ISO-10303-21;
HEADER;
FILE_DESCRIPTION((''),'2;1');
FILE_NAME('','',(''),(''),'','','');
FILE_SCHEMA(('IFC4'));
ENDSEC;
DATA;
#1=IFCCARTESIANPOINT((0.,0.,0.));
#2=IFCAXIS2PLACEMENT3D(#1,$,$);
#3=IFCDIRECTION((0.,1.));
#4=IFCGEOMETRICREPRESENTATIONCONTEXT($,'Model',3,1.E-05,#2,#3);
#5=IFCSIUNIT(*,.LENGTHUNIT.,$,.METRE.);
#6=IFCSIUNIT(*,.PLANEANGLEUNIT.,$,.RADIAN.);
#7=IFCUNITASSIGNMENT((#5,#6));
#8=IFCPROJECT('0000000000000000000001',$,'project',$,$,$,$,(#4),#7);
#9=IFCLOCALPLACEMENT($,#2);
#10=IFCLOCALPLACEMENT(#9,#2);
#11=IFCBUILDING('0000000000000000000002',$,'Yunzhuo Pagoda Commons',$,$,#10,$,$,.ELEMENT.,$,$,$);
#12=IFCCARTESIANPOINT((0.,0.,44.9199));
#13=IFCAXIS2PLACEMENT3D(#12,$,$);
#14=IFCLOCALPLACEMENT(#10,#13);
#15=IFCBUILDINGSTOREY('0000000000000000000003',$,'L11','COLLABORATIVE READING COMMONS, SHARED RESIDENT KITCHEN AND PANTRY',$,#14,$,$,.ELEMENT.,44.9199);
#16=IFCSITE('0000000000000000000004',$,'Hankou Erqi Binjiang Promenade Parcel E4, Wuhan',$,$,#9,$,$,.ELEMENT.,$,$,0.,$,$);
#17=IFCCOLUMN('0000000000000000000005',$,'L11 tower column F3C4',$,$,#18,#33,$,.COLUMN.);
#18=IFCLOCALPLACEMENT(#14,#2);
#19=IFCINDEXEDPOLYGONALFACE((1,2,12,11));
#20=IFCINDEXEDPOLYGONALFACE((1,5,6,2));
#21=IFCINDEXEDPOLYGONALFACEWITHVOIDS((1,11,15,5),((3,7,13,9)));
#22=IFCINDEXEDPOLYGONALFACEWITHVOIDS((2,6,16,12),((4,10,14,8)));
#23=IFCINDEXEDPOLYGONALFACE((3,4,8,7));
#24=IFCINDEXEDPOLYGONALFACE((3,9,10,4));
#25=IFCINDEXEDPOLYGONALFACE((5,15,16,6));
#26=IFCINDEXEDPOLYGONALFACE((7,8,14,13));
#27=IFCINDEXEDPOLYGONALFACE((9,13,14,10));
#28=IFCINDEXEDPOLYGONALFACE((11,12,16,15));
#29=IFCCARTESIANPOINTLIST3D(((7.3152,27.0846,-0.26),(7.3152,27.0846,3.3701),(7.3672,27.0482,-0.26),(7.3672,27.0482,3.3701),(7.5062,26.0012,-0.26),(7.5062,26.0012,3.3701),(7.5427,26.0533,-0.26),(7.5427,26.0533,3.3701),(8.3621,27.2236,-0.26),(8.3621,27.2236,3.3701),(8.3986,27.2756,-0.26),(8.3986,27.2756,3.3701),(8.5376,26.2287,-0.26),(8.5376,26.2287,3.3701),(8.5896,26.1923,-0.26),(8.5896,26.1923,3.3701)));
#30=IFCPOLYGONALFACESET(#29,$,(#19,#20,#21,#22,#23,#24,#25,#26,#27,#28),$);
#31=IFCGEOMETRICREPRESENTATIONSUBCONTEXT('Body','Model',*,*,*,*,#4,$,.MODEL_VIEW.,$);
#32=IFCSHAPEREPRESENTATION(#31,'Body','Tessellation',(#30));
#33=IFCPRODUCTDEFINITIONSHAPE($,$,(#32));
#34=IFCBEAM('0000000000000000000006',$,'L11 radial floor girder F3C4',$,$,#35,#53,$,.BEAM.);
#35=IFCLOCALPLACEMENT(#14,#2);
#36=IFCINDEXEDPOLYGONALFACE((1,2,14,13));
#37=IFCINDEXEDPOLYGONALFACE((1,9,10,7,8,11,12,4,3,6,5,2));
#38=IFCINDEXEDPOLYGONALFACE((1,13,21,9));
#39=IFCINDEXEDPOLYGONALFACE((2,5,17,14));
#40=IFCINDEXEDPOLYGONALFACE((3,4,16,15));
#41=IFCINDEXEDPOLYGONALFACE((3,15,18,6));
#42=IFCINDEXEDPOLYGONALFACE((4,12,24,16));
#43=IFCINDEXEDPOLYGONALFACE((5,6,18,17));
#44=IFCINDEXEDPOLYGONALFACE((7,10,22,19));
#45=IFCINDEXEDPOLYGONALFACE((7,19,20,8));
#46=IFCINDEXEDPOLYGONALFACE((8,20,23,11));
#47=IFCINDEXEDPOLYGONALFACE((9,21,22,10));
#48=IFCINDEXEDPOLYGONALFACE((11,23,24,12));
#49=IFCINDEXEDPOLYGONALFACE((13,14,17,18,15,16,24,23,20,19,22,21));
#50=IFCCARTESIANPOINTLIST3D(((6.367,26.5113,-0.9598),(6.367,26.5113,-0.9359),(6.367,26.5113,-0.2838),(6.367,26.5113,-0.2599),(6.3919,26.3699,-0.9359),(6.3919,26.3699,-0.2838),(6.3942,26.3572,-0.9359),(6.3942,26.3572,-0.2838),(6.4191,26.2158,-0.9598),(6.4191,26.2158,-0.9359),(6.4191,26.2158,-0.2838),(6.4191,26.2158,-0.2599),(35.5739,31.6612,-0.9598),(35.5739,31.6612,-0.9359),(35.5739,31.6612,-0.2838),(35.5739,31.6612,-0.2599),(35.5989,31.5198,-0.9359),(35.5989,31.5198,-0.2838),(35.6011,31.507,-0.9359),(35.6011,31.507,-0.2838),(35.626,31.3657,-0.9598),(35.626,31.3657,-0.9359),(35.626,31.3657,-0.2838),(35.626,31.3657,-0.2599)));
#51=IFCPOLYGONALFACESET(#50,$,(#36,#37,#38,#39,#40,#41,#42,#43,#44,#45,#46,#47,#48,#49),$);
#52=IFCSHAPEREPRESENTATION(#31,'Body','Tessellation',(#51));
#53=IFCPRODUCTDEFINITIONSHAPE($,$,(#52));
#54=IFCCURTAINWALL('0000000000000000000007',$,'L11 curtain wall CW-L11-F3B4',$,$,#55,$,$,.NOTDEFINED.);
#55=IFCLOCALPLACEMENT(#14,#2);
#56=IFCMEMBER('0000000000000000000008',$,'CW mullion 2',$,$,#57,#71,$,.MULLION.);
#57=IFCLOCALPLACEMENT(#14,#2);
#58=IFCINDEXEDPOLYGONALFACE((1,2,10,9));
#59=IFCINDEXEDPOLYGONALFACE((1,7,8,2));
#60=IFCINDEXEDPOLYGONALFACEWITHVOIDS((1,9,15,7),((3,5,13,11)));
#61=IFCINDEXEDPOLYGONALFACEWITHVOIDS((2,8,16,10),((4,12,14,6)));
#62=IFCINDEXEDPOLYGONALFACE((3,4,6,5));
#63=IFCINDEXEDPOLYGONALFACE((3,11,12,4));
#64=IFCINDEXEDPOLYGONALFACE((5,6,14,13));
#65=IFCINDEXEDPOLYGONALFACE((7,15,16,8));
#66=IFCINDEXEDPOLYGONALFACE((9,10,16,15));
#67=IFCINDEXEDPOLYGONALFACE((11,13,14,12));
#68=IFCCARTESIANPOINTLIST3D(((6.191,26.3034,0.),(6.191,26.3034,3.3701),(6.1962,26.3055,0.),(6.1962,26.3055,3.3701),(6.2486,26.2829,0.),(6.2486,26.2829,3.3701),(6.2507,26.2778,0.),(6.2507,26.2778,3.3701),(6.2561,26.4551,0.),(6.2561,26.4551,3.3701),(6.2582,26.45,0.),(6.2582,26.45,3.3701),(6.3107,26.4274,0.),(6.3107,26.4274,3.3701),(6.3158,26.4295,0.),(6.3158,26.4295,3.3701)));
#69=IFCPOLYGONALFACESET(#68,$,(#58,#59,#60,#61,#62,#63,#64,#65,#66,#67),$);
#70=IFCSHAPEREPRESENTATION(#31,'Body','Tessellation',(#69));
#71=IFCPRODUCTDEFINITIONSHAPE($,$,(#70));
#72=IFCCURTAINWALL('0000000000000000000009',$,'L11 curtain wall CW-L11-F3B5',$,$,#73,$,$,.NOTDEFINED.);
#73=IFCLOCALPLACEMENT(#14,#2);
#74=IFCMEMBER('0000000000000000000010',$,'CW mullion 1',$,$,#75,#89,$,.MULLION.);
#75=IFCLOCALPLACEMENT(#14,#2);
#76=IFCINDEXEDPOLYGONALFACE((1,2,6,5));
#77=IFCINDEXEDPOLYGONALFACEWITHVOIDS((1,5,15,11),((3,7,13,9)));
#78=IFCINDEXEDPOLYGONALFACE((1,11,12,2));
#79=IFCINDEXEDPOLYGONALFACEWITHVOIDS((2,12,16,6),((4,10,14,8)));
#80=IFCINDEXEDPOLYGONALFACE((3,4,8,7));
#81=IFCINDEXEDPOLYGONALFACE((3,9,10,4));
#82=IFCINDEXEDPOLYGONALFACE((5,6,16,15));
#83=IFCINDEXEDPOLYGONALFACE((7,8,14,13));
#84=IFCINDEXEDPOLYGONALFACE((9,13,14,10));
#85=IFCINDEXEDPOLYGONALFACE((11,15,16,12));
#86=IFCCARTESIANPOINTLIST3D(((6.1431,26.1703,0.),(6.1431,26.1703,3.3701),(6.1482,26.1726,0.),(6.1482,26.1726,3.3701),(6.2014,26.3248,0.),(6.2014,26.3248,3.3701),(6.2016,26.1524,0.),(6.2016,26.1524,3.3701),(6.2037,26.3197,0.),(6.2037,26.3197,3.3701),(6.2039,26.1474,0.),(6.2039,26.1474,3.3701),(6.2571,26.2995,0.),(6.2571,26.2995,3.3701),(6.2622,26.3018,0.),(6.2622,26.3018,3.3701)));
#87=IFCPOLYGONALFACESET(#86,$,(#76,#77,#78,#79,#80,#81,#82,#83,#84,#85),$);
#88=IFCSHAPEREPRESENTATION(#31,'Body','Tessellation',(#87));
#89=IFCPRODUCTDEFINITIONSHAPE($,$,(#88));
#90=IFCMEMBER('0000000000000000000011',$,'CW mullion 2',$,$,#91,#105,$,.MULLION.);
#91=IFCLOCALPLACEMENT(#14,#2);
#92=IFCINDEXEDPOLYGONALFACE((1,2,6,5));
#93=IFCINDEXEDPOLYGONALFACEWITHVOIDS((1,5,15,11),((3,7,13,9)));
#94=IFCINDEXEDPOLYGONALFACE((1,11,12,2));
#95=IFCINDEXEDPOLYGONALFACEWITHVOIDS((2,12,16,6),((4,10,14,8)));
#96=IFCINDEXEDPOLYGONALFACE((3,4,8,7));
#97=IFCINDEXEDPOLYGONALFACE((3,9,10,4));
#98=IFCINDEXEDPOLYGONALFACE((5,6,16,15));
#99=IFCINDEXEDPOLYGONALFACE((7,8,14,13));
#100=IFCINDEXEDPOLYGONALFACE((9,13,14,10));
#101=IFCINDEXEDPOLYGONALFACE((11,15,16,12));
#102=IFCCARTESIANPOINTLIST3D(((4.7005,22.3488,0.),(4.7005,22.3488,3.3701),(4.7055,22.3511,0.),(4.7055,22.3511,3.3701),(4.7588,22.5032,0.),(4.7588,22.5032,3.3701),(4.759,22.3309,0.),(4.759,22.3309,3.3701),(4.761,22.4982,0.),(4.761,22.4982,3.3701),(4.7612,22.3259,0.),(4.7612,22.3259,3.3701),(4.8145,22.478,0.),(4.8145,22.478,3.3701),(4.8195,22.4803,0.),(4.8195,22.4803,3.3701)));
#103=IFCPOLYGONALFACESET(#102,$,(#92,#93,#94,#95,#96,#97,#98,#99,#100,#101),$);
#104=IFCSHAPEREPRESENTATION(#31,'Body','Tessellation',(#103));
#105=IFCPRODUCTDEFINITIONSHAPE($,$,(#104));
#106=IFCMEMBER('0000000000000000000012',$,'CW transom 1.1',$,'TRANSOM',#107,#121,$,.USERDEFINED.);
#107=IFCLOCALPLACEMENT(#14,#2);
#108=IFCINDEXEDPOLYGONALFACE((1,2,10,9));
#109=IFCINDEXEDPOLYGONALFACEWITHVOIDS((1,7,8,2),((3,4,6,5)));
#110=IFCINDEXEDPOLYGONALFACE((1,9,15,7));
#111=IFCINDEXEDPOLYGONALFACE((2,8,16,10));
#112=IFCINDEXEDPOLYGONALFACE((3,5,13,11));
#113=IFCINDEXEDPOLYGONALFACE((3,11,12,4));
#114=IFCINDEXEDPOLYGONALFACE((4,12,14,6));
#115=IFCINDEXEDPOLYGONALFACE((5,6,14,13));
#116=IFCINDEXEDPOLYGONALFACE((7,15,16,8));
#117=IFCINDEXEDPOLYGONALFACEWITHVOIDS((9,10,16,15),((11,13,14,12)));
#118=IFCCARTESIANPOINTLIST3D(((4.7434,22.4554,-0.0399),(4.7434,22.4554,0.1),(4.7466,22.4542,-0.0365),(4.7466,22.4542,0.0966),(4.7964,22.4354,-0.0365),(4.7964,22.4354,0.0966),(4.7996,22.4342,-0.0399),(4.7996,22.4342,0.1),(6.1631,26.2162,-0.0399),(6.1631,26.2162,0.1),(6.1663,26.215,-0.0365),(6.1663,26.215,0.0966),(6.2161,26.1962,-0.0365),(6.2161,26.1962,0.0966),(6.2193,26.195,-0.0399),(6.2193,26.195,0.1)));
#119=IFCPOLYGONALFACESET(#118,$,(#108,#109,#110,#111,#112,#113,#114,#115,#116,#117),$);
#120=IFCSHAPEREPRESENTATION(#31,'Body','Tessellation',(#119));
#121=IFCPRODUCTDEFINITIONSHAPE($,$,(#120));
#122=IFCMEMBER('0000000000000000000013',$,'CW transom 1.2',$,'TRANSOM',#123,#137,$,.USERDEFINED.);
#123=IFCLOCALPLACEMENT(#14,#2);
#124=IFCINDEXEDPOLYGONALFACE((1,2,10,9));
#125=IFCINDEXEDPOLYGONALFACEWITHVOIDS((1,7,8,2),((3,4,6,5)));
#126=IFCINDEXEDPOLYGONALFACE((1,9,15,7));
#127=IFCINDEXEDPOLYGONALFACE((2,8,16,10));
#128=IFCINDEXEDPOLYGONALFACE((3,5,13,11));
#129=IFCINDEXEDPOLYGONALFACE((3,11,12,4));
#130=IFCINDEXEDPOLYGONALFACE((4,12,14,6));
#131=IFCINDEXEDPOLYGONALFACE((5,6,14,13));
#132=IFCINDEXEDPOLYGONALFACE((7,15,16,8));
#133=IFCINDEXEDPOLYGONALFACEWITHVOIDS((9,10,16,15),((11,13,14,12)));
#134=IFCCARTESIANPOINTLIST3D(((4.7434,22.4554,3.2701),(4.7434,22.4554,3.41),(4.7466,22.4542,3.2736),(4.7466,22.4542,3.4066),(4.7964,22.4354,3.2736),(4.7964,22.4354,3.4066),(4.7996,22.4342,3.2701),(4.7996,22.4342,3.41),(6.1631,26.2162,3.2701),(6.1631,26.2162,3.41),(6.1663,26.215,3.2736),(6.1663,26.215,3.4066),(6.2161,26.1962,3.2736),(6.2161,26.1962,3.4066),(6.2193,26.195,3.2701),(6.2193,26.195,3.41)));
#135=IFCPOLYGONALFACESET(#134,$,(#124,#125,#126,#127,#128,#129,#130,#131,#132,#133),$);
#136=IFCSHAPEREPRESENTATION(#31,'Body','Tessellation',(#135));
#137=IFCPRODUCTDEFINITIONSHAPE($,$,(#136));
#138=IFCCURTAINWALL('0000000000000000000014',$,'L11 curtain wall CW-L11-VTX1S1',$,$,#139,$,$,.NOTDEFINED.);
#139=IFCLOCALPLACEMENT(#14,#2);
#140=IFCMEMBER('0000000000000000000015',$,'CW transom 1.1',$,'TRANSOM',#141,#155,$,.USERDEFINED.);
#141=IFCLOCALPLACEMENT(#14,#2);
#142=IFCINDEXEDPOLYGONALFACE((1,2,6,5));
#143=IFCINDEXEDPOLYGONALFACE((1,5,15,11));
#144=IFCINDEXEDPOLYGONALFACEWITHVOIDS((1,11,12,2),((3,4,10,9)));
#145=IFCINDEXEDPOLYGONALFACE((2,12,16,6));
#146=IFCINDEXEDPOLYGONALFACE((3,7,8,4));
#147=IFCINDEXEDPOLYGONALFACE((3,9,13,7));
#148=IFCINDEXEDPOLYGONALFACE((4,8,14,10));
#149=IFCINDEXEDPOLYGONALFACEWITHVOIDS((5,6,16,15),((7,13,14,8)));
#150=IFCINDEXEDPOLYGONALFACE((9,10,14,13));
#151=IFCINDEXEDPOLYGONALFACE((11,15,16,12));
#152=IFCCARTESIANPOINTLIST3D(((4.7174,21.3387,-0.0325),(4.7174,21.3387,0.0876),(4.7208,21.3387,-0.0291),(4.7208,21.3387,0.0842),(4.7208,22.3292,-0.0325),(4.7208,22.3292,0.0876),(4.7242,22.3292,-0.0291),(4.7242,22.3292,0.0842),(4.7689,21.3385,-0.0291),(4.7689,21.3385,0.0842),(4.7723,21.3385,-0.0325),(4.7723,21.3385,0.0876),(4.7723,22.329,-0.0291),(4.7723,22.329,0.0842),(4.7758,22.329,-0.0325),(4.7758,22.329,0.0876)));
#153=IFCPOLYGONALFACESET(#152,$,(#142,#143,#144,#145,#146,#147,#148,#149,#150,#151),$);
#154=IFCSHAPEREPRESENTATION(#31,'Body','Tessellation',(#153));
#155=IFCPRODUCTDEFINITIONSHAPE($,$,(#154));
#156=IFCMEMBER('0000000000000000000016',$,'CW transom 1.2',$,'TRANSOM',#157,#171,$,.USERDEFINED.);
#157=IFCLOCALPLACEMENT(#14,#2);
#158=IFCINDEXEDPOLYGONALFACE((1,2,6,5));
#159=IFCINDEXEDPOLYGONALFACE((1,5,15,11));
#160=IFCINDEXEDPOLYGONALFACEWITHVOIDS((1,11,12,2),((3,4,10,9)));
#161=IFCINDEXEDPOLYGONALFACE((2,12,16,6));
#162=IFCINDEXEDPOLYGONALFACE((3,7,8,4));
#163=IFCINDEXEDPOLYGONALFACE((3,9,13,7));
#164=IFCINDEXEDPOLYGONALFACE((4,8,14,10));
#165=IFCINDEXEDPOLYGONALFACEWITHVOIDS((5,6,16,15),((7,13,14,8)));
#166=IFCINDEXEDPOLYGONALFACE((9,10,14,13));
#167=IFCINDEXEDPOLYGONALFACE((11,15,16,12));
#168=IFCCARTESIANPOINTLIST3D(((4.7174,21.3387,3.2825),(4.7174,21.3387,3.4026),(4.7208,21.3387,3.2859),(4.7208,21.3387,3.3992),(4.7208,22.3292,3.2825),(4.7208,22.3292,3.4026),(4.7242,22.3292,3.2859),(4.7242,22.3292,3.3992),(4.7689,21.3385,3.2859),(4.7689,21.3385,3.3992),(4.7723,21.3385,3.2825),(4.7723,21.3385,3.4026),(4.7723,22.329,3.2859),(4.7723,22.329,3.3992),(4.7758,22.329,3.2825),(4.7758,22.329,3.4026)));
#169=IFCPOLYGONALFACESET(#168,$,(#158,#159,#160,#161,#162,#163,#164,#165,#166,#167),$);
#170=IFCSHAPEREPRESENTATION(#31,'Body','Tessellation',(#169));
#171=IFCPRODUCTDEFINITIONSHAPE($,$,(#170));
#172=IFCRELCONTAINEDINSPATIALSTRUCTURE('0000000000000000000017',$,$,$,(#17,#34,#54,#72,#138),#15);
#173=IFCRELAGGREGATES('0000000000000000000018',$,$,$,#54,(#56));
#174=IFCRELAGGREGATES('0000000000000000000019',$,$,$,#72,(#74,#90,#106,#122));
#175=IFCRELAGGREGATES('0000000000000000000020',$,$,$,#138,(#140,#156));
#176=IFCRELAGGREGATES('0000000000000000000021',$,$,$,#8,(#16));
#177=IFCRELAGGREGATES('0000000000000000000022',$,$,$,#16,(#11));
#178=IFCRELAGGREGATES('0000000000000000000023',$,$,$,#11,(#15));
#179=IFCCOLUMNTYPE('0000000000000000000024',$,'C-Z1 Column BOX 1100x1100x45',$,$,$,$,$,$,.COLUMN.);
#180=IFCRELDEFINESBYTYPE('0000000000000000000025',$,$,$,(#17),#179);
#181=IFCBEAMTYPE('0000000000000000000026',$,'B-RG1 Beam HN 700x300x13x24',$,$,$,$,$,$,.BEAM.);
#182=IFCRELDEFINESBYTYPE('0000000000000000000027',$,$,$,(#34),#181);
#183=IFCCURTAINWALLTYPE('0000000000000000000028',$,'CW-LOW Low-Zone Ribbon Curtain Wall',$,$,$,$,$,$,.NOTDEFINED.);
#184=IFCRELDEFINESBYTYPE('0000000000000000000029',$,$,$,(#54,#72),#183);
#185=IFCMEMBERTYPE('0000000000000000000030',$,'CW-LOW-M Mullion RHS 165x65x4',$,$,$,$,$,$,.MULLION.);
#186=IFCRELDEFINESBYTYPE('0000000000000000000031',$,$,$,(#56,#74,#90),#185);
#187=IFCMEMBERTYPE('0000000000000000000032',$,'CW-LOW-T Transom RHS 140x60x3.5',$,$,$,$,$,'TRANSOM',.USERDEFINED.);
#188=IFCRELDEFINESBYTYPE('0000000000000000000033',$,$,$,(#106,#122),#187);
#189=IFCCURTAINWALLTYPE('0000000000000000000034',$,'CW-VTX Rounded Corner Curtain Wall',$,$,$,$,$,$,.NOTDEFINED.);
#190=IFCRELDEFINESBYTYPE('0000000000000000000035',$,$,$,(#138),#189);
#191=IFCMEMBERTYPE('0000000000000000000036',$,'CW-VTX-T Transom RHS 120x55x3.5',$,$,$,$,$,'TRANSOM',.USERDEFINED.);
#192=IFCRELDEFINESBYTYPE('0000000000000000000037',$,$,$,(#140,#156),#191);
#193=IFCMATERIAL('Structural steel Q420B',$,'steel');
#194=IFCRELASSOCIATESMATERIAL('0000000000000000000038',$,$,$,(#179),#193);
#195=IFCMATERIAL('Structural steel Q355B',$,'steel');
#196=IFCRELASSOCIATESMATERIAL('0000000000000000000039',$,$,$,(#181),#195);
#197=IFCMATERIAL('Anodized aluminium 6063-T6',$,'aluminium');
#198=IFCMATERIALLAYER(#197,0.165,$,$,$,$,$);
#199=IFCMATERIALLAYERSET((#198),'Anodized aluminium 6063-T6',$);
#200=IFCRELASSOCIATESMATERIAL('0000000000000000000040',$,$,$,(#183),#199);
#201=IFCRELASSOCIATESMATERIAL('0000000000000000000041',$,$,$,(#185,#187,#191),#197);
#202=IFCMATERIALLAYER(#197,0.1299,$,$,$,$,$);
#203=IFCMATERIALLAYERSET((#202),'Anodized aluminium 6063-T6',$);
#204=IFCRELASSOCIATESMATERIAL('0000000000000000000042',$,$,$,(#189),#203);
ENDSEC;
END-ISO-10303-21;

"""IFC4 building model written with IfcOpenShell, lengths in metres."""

from ifc_helpers import new_model, si_unit, direction, frame, origin, origin_2d, place, context, subcontext, project, spatial, hollow_rectangle, i_section, extrude, source, transform, mapped, material, layer, layer_set, material_profile, profile_set, type_object, element, aggregate, save


model = new_model("IFC4")

# Units and contexts
model_context = context("Model", 3, precision=1e-05, world=origin(), true_north=direction((0.0, 1.0)))
body_context = subcontext(model_context, "Body", "Model", "MODEL_VIEW")
ifc_project = project(units=[si_unit("LENGTHUNIT", "METRE"), si_unit("PLANEANGLEUNIT", "RADIAN")], contexts=[model_context])

# Site, building, storey
site_placement = place(None, origin())
site = spatial("IfcSite", under=ifc_project, at=site_placement, Name="Hankou Erqi Binjiang Promenade Parcel E4, Wuhan", CompositionType="ELEMENT", RefElevation=0.0)
building_placement = place(site_placement, origin())
building = spatial("IfcBuilding", under=site, at=building_placement, Name="Yunzhuo Pagoda Commons", CompositionType="ELEMENT")
storey_placement = place(building_placement, frame((0.0, 0.0, 44.9199)))
storey = spatial("IfcBuildingStorey", under=building, at=storey_placement, Name="L11", Description="COLLABORATIVE READING COMMONS, SHARED RESIDENT KITCHEN AND PANTRY", CompositionType="ELEMENT", Elevation=44.9199)

# Column
ifc_material_1 = material(Name="Structural steel Q420B", Category="steel")
ifc_material_profile_1 = material_profile(ifc_material_1, hollow_rectangle(XDim=1.1001, YDim=1.1001, WallThickness=0.0449, at=origin_2d()), Name="Structural steel Q420B")
ifc_profile_set_1 = profile_set([ifc_material_profile_1], Name="Structural steel Q420B")
column_type = type_object("IfcColumnType", Name="C-Z1 Column BOX 1100x1100x45", PredefinedType="COLUMN", material=ifc_profile_set_1)
shared_shape_1 = source(origin(), body_context, "Body", "SweptSolid", [
    extrude(hollow_rectangle(XDim=1.1001, YDim=1.1001, WallThickness=0.0449, at=origin_2d()), origin(), (0.0, 0.0, 1.0), 3.6301),
])
column_placement = place(storey_placement, frame((7.9524, 26.6384, -0.26), z_axis=(0.0, 0.0, 1.0), x_axis=(0.173648, -0.984808, 0.0)))
element("IfcColumn", 1, at=column_placement, inside=storey, type_object=column_type, Name="L11 tower column F3C4", PredefinedType="COLUMN", context=body_context, shape_type="MappedRepresentation", body=[
    mapped(shared_shape_1, transform((0.0, 0.0, 0.0), scale=1.0)),
])

# Beam
ifc_material_2 = material(Name="Structural steel Q355B", Category="steel")
ifc_material_profile_2 = material_profile(ifc_material_2, i_section(OverallWidth=0.3, OverallDepth=0.7, WebThickness=0.0129, FlangeThickness=0.0239, at=origin_2d()), Name="Structural steel Q355B")
ifc_profile_set_2 = profile_set([ifc_material_profile_2], Name="Structural steel Q355B")
beam_type = type_object("IfcBeamType", Name="B-RG1 Beam HN 700x300x13x24", PredefinedType="BEAM", material=ifc_profile_set_2)
shared_shape_2 = source(origin(), body_context, "Body", "SweptSolid", [
    extrude(i_section(OverallWidth=0.3, OverallDepth=0.7, WebThickness=0.0129, FlangeThickness=0.0239, at=origin_2d()), origin(), (0.0, 0.0, 1.0), 29.6575),
])
beam_placement = place(storey_placement, frame((6.3931, 26.3635, -0.6099), z_axis=(0.984808, 0.173645, 0.0), x_axis=(-0.173645, 0.984808, 0.0)))
element("IfcBeam", 2, at=beam_placement, inside=storey, type_object=beam_type, Name="L11 radial floor girder F3C4", PredefinedType="BEAM", context=body_context, shape_type="MappedRepresentation", body=[
    mapped(shared_shape_2, transform((0.0, 0.0, 0.0), scale=1.0)),
])

# Curtain wall, member
ifc_material_3 = material(Name="Anodized aluminium 6063-T6", Category="aluminium")
ifc_layer_1 = layer(ifc_material_3, 0.165)
ifc_layer_set_1 = layer_set([ifc_layer_1], Name="Anodized aluminium 6063-T6")
curtain_wall_type_1 = type_object("IfcCurtainWallType", Name="CW-LOW Low-Zone Ribbon Curtain Wall", PredefinedType="NOTDEFINED", material=ifc_layer_set_1)
curtain_wall_1_placement = place(storey_placement, origin())
curtain_wall_1 = element("IfcCurtainWall", 3, at=curtain_wall_1_placement, inside=storey, type_object=curtain_wall_type_1, Name="L11 curtain wall CW-L11-F3B4", PredefinedType="NOTDEFINED")
ifc_material_profile_3 = material_profile(ifc_material_3, hollow_rectangle(XDim=0.0649, YDim=0.165, WallThickness=0.0039, at=origin_2d()), Name="Anodized aluminium 6063-T6")
ifc_profile_set_3 = profile_set([ifc_material_profile_3], Name="Anodized aluminium 6063-T6")
member_type_1 = type_object("IfcMemberType", Name="CW-LOW-M Mullion RHS 165x65x4", PredefinedType="MULLION", material=ifc_profile_set_3)
shared_shape_3 = source(origin(), body_context, "Body", "SweptSolid", [
    extrude(hollow_rectangle(XDim=0.0649, YDim=0.165, WallThickness=0.0039, at=origin_2d()), origin(), (0.0, 0.0, 1.0), 3.3701),
])
member_1_placement = place(storey_placement, frame((6.2534, 26.3665, 0.0), z_axis=(0.0, 0.0, 1.0), x_axis=(0.918866, -0.394571, 0.0)))
member_1 = element("IfcMember", 4, at=member_1_placement, type_object=member_type_1, Name="CW mullion 2", PredefinedType="MULLION", context=body_context, shape_type="MappedRepresentation", body=[
    mapped(shared_shape_3, transform((0.0, 0.0, 0.0), scale=1.0)),
])

# Curtain walls, members
curtain_wall_2_placement = place(storey_placement, origin())
curtain_wall_2 = element("IfcCurtainWall", 5, at=curtain_wall_2_placement, inside=storey, type_object=curtain_wall_type_1, Name="L11 curtain wall CW-L11-F3B5", PredefinedType="NOTDEFINED")
member_2_placement = place(storey_placement, frame((6.2026, 26.2361, 0.0), z_axis=(0.0, 0.0, 1.0), x_axis=(0.935566, -0.353151, 0.0)))
member_2 = element("IfcMember", 6, at=member_2_placement, type_object=member_type_1, Name="CW mullion 1", PredefinedType="MULLION", context=body_context, shape_type="MappedRepresentation", body=[
    mapped(shared_shape_3, transform((0.0, 0.0, 0.0), scale=1.0)),
])
member_3_placement = place(storey_placement, frame((4.76, 22.4146, 0.0), z_axis=(0.0, 0.0, 1.0), x_axis=(0.935566, -0.353151, 0.0)))
member_3 = element("IfcMember", 7, at=member_3_placement, type_object=member_type_1, Name="CW mullion 2", PredefinedType="MULLION", context=body_context, shape_type="MappedRepresentation", body=[
    mapped(shared_shape_3, transform((0.0, 0.0, 0.0), scale=1.0)),
])
ifc_material_profile_4 = material_profile(ifc_material_3, hollow_rectangle(XDim=0.0601, YDim=0.1399, WallThickness=0.0034, at=origin_2d()), Name="Anodized aluminium 6063-T6")
ifc_profile_set_4 = profile_set([ifc_material_profile_4], Name="Anodized aluminium 6063-T6")
member_type_2 = type_object("IfcMemberType", Name="CW-LOW-T Transom RHS 140x60x3.5", ElementType="TRANSOM", PredefinedType="USERDEFINED", material=ifc_profile_set_4)
shared_shape_4 = source(origin(), body_context, "Body", "SweptSolid", [
    extrude(hollow_rectangle(XDim=0.0601, YDim=0.1399, WallThickness=0.0034, at=origin_2d()), origin(), (0.0, 0.0, 1.0), 4.0198),
])
member_4_placement = place(storey_placement, frame((6.1912, 26.2056, 0.03), z_axis=(-0.353173, -0.935558, 0.0), x_axis=(0.935558, -0.353173, 0.0)))
member_4 = element("IfcMember", 8, at=member_4_placement, type_object=member_type_2, Name="CW transom 1.1", ObjectType="TRANSOM", PredefinedType="USERDEFINED", context=body_context, shape_type="MappedRepresentation", body=[
    mapped(shared_shape_4, transform((0.0, 0.0, 0.0), scale=1.0)),
])
member_5_placement = place(storey_placement, frame((6.1912, 26.2056, 3.3401), z_axis=(-0.353173, -0.935558, 0.0), x_axis=(0.935558, -0.353173, 0.0)))
member_5 = element("IfcMember", 9, at=member_5_placement, type_object=member_type_2, Name="CW transom 1.2", ObjectType="TRANSOM", PredefinedType="USERDEFINED", context=body_context, shape_type="MappedRepresentation", body=[
    mapped(shared_shape_4, transform((0.0, 0.0, 0.0), scale=1.0)),
])
ifc_layer_2 = layer(ifc_material_3, 0.1299)
ifc_layer_set_2 = layer_set([ifc_layer_2], Name="Anodized aluminium 6063-T6")
curtain_wall_type_2 = type_object("IfcCurtainWallType", Name="CW-VTX Rounded Corner Curtain Wall", PredefinedType="NOTDEFINED", material=ifc_layer_set_2)
curtain_wall_3_placement = place(storey_placement, origin())
curtain_wall_3 = element("IfcCurtainWall", 10, at=curtain_wall_3_placement, inside=storey, type_object=curtain_wall_type_2, Name="L11 curtain wall CW-L11-VTX1S1", PredefinedType="NOTDEFINED")
ifc_material_profile_5 = material_profile(ifc_material_3, hollow_rectangle(XDim=0.0549, YDim=0.1201, WallThickness=0.0034, at=origin_2d()), Name="Anodized aluminium 6063-T6")
ifc_profile_set_5 = profile_set([ifc_material_profile_5], Name="Anodized aluminium 6063-T6")
member_type_3 = type_object("IfcMemberType", Name="CW-VTX-T Transom RHS 120x55x3.5", ElementType="TRANSOM", PredefinedType="USERDEFINED", material=ifc_profile_set_5)
shared_shape_5 = source(origin(), body_context, "Body", "SweptSolid", [
    extrude(hollow_rectangle(XDim=0.0549, YDim=0.1201, WallThickness=0.0034, at=origin_2d()), origin(), (0.0, 0.0, 1.0), 0.9905),
])
member_6_placement = place(storey_placement, frame((4.7483, 22.3291, 0.0276), z_axis=(-0.003451, -0.999994, 0.0), x_axis=(0.999994, -0.003451, 0.0)))
member_6 = element("IfcMember", 11, at=member_6_placement, type_object=member_type_3, Name="CW transom 1.1", ObjectType="TRANSOM", PredefinedType="USERDEFINED", context=body_context, shape_type="MappedRepresentation", body=[
    mapped(shared_shape_5, transform((0.0, 0.0, 0.0), scale=1.0)),
])
member_7_placement = place(storey_placement, frame((4.7483, 22.3291, 3.3425), z_axis=(-0.003451, -0.999994, 0.0), x_axis=(0.999994, -0.003451, 0.0)))
member_7 = element("IfcMember", 12, at=member_7_placement, type_object=member_type_3, Name="CW transom 1.2", ObjectType="TRANSOM", PredefinedType="USERDEFINED", context=body_context, shape_type="MappedRepresentation", body=[
    mapped(shared_shape_5, transform((0.0, 0.0, 0.0), scale=1.0)),
])

aggregate(curtain_wall_1, [member_1])
aggregate(curtain_wall_2, [member_2, member_3, member_4, member_5])
aggregate(curtain_wall_3, [member_6, member_7])

save(model, "model.ifc")
